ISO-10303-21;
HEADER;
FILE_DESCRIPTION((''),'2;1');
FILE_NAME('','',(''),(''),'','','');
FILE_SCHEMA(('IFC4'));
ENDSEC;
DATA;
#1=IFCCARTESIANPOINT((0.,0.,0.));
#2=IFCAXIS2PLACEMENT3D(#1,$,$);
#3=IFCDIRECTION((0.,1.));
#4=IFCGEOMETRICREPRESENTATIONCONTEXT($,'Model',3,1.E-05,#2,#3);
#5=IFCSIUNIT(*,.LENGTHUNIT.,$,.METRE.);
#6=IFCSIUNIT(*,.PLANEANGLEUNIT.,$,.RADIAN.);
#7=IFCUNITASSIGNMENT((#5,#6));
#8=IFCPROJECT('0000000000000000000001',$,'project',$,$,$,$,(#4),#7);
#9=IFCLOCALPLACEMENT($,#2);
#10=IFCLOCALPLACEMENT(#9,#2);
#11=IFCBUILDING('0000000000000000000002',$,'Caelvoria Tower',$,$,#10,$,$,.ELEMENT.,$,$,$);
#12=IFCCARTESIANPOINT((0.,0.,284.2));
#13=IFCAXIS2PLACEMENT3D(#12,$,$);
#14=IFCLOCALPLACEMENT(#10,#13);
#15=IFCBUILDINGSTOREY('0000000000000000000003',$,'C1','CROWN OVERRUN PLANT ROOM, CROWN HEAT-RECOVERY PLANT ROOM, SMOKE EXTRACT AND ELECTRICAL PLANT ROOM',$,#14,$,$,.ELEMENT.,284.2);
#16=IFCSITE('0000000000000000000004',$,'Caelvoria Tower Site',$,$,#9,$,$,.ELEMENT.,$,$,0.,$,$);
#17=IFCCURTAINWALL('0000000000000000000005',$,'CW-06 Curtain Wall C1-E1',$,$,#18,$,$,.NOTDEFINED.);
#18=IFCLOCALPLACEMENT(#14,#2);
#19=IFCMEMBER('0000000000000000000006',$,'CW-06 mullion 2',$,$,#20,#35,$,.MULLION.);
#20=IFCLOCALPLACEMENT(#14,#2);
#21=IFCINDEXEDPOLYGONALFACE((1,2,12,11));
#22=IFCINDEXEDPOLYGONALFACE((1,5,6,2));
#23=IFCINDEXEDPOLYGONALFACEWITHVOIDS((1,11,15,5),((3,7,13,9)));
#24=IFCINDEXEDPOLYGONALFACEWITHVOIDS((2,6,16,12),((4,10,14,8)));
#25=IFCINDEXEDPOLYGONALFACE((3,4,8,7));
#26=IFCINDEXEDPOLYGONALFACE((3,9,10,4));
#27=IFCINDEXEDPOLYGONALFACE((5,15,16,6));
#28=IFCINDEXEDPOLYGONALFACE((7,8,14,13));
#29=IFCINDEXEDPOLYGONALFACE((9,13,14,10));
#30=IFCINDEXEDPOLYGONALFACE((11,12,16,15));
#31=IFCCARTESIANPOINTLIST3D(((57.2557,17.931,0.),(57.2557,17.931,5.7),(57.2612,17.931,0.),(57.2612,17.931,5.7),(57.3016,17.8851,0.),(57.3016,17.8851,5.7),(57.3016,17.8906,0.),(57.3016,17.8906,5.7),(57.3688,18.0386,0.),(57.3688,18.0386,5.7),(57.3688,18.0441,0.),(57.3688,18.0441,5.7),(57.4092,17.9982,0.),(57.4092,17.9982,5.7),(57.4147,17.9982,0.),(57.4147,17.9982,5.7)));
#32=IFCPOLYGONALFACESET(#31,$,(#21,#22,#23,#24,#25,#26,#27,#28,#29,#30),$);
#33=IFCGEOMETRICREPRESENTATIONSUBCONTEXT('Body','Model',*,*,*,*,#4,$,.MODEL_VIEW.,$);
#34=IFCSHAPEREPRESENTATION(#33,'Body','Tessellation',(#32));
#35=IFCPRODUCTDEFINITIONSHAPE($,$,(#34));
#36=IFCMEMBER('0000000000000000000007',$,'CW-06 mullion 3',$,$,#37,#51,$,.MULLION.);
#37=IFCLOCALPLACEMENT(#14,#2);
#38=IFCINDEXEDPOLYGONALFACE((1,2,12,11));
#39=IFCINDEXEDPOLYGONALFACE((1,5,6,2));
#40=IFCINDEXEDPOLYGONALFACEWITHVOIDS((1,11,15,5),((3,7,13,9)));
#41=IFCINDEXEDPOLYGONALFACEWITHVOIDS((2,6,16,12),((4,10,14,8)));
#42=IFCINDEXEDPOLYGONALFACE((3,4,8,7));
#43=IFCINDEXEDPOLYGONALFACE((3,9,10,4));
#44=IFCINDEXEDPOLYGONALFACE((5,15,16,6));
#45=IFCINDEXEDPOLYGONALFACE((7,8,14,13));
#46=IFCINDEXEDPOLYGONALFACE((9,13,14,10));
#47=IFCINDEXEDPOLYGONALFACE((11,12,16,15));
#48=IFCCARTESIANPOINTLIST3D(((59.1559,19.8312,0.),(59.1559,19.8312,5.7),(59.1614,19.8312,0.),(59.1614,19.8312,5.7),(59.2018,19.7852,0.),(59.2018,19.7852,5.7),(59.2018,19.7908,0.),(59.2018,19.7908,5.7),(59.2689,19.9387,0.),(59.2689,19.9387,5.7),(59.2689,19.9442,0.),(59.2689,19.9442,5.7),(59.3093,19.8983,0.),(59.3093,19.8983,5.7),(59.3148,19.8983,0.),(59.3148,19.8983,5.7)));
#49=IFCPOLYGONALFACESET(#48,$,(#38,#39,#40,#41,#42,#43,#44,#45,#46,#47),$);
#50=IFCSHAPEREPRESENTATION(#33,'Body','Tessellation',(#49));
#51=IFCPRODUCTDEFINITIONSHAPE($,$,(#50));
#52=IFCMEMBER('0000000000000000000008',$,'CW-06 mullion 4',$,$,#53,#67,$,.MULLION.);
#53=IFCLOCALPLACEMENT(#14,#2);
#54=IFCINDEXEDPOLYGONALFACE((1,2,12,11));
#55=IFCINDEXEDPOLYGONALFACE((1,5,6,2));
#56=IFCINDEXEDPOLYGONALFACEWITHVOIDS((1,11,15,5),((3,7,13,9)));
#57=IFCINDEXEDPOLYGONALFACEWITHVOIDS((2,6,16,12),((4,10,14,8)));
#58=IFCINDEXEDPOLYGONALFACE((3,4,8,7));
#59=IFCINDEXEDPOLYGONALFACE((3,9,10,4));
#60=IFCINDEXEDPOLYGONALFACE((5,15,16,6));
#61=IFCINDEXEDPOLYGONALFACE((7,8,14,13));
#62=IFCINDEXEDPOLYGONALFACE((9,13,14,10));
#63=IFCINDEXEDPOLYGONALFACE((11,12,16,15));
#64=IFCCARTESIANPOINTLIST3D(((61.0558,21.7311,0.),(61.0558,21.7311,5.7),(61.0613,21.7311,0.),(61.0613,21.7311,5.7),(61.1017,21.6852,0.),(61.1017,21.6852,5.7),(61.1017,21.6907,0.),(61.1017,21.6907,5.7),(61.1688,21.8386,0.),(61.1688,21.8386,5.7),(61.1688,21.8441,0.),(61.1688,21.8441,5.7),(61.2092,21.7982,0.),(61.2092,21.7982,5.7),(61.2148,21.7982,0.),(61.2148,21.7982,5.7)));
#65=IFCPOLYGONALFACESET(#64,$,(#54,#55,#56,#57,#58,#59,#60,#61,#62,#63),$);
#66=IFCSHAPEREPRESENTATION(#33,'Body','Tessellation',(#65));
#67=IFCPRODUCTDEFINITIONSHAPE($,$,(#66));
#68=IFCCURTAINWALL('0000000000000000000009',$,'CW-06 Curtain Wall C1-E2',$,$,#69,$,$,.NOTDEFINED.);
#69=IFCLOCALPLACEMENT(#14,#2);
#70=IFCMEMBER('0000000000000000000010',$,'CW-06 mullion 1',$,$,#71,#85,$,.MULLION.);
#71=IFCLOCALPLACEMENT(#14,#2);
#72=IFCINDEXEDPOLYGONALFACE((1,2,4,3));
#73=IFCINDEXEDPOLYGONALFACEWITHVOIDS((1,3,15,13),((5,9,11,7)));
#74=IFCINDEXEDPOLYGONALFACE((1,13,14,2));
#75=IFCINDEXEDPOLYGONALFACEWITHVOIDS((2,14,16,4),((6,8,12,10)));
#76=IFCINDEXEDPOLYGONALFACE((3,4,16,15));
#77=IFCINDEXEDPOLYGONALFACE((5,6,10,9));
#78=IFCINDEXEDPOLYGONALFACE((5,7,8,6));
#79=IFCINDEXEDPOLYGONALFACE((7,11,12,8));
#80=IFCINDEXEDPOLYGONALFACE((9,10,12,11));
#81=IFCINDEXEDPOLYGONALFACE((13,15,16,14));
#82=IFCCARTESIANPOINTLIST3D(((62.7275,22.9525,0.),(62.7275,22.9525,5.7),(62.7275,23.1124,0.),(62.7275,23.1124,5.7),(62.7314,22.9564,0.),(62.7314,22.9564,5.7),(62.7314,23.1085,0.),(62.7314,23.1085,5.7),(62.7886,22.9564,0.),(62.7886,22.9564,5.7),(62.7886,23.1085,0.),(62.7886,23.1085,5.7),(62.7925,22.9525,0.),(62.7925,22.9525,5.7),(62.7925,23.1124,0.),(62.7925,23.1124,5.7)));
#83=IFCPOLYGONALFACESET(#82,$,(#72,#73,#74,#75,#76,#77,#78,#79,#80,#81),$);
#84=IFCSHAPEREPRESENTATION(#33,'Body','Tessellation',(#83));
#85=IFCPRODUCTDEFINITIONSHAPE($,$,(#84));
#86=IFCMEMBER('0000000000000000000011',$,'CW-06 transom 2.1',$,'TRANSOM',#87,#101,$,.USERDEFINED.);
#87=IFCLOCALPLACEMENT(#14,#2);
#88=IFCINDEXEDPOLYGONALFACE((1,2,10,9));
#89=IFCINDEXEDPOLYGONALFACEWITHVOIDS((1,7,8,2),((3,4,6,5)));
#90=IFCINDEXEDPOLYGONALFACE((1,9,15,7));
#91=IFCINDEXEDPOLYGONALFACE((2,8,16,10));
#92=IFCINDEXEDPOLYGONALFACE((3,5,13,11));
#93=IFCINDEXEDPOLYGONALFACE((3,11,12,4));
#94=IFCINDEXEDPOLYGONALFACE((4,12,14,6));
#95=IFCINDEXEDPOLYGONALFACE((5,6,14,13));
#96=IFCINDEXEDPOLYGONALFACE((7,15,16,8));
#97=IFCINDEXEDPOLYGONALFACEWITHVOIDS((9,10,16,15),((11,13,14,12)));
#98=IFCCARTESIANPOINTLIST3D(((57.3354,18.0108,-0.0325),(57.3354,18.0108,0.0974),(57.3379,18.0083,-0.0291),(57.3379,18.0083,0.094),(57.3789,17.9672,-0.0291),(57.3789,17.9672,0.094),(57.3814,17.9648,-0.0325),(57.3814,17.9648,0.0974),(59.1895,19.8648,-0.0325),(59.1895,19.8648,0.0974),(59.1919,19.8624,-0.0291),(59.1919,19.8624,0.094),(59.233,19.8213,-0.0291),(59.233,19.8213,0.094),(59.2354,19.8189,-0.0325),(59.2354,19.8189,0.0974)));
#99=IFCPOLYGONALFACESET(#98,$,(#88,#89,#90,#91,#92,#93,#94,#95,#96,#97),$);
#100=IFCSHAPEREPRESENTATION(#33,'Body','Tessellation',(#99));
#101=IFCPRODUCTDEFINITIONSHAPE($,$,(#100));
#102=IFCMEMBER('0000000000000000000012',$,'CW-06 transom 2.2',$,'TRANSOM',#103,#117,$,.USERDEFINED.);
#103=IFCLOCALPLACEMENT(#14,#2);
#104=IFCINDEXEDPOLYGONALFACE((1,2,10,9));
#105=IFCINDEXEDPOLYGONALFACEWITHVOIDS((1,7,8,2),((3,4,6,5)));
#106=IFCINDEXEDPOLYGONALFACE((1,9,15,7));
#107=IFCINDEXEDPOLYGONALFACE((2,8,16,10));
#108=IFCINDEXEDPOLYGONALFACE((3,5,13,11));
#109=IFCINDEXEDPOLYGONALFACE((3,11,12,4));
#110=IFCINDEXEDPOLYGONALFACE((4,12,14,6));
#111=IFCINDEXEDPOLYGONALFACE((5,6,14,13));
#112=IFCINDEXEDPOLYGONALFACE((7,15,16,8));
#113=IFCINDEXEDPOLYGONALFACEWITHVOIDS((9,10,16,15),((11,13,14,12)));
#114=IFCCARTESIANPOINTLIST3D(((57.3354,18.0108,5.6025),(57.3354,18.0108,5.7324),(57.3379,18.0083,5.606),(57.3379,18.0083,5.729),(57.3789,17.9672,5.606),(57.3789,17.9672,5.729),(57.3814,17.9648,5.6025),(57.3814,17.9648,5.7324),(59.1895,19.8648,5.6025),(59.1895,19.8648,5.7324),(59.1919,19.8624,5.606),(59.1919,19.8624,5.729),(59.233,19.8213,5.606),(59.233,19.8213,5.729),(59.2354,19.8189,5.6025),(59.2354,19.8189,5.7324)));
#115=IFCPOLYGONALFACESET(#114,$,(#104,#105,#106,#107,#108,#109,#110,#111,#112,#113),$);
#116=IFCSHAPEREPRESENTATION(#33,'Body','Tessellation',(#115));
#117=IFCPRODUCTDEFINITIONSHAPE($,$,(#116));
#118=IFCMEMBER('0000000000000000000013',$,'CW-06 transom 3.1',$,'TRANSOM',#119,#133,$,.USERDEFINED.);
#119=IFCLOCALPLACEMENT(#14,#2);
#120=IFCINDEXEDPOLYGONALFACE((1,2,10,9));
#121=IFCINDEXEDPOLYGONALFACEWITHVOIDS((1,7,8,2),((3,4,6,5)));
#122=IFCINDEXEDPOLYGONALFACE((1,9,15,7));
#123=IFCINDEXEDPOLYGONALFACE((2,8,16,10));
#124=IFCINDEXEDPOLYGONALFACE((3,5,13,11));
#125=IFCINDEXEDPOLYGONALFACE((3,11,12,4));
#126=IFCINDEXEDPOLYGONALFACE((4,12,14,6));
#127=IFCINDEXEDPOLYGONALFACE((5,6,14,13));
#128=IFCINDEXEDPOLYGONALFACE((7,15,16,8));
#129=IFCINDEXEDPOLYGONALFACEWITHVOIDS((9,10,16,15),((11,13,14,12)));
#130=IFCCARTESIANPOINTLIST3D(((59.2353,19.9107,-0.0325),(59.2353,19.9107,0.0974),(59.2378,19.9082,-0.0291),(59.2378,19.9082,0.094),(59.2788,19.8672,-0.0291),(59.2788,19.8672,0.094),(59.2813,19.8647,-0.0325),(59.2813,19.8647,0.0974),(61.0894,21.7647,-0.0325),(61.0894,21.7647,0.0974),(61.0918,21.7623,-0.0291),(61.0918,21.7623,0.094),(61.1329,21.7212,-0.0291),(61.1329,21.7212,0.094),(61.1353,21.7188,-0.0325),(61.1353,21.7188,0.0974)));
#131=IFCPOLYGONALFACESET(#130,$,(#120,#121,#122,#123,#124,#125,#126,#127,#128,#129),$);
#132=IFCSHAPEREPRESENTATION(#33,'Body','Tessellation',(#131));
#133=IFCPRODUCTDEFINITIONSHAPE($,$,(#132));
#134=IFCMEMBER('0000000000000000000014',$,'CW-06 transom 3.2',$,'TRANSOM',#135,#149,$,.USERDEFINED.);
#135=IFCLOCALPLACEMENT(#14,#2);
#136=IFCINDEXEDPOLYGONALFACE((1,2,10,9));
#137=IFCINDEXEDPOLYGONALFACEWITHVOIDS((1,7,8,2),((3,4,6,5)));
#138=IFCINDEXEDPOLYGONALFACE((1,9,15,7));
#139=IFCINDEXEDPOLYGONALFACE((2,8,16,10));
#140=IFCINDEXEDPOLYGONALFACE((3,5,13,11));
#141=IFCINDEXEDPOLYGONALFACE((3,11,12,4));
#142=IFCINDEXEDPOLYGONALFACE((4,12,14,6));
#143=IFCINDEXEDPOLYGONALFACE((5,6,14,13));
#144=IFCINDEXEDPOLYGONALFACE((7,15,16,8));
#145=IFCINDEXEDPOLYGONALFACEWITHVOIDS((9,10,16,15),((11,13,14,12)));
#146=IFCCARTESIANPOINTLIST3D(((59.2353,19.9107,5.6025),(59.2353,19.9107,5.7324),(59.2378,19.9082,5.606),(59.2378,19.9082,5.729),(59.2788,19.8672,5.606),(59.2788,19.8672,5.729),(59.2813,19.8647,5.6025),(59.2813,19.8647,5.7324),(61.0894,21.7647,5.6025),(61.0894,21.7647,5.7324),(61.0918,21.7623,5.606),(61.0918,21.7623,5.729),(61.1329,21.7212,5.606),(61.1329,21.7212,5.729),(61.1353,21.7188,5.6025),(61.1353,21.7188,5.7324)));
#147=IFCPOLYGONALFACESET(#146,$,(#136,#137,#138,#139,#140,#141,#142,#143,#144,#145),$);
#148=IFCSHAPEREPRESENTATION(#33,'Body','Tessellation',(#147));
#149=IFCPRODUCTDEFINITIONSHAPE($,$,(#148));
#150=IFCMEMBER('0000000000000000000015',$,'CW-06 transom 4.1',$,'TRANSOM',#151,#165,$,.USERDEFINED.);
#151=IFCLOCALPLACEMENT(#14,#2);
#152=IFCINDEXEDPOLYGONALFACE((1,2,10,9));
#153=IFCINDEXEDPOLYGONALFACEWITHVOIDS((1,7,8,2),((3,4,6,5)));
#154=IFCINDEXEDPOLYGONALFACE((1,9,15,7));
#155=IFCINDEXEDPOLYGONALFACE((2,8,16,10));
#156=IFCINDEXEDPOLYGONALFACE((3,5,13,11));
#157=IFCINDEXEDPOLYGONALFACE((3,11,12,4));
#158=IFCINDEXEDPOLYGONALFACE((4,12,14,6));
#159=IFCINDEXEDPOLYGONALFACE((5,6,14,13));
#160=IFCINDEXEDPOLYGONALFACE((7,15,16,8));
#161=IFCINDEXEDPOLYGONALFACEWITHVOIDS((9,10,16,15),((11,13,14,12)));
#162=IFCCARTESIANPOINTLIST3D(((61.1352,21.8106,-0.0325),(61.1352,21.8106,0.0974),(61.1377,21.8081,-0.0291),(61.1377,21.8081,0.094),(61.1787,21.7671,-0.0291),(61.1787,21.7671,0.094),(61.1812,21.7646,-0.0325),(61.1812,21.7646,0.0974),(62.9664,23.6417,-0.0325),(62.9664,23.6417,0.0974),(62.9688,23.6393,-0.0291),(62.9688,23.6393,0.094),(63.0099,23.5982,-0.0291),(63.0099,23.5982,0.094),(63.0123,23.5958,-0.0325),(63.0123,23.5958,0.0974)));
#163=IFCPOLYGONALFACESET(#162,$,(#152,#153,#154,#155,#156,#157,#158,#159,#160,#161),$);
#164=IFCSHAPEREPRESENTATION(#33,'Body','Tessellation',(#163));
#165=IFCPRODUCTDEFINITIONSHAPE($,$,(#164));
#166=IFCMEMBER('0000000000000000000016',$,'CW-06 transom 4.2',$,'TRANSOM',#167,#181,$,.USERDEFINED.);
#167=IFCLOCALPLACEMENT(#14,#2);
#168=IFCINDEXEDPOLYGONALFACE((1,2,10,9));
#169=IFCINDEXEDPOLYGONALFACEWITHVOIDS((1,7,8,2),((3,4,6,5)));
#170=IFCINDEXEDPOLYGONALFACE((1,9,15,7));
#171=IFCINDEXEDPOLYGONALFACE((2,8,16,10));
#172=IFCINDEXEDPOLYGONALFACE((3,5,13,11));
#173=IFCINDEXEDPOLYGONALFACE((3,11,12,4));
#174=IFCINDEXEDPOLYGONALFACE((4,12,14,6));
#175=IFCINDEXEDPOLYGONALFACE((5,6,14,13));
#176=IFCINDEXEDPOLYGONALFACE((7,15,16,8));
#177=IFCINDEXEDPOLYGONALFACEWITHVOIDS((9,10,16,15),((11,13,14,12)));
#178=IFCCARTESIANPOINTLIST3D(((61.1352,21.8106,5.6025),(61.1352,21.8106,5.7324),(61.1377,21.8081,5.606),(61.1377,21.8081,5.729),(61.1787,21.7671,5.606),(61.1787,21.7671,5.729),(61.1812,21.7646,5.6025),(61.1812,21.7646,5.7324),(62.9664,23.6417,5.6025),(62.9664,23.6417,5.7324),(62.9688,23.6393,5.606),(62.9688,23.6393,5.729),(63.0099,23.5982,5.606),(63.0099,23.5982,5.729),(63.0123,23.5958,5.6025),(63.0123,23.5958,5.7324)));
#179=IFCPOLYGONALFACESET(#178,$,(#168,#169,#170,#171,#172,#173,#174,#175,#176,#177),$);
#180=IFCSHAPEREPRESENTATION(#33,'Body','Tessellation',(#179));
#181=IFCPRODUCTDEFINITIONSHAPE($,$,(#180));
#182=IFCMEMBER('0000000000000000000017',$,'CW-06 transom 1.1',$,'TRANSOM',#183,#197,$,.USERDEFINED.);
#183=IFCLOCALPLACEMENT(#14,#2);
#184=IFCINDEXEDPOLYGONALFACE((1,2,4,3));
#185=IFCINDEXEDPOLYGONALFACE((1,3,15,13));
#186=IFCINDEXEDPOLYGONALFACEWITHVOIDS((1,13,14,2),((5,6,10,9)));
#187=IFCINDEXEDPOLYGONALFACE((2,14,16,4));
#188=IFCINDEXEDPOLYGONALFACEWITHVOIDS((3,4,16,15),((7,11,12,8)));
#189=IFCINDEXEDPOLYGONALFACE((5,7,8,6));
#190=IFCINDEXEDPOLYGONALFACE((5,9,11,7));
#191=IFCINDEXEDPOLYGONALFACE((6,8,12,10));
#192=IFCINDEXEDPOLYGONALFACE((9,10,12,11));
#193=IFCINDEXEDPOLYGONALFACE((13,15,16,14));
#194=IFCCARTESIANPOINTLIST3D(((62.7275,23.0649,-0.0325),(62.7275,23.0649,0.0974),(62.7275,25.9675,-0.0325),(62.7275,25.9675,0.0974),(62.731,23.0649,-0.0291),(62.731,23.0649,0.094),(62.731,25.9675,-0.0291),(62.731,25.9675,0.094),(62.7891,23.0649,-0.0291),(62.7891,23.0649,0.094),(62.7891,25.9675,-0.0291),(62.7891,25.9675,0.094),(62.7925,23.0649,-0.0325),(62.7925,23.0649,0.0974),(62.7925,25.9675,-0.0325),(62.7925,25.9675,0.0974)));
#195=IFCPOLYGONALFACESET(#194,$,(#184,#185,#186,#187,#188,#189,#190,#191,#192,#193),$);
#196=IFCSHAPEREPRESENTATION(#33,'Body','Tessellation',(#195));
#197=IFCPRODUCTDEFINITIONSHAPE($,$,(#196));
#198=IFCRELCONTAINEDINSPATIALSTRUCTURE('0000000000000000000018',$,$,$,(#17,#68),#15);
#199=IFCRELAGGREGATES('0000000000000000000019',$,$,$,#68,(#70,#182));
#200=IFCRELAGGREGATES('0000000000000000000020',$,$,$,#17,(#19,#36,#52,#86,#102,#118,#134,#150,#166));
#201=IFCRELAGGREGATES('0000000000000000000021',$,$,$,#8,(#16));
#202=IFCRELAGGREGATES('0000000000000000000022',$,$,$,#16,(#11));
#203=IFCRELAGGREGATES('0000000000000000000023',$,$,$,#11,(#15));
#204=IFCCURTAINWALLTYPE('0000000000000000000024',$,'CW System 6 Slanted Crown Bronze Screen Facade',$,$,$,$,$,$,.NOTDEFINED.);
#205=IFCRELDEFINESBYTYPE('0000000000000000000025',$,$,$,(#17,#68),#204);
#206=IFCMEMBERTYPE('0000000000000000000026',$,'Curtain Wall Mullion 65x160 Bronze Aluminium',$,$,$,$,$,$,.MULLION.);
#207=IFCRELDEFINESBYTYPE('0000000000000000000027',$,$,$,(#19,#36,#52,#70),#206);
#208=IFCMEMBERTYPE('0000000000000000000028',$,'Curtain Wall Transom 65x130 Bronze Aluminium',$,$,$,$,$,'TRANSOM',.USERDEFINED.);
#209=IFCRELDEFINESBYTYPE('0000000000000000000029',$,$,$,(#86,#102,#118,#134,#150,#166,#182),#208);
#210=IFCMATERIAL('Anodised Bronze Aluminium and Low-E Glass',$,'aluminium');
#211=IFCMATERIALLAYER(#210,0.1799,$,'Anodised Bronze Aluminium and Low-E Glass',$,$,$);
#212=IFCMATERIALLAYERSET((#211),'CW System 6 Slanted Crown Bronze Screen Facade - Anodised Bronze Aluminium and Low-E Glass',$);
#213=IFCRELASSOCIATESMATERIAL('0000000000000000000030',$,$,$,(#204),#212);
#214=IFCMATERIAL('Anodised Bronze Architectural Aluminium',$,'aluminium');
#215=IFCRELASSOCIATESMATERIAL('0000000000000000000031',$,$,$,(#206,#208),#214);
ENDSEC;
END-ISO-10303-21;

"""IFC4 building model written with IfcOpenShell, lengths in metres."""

from ifc_helpers import new_model, si_unit, direction, frame, origin, origin_2d, place, context, subcontext, project, spatial, hollow_rectangle, extrude, material, layer, layer_set, material_profile, profile_set, type_object, element, aggregate, save


model = new_model("IFC4")

# Units and contexts
model_context = context("Model", 3, precision=1e-05, world=origin(), true_north=direction((0.0, 1.0)))
body_context = subcontext(model_context, "Body", "Model", "MODEL_VIEW")
ifc_project = project(units=[si_unit("LENGTHUNIT", "METRE"), si_unit("PLANEANGLEUNIT", "RADIAN")], contexts=[model_context])

# Site, building, storey
site_placement = place(None, origin())
site = spatial("IfcSite", under=ifc_project, at=site_placement, Name="Caelvoria Tower Site", CompositionType="ELEMENT", RefElevation=0.0)
building_placement = place(site_placement, origin())
building = spatial("IfcBuilding", under=site, at=building_placement, Name="Caelvoria Tower", CompositionType="ELEMENT")
storey_placement = place(building_placement, frame((0.0, 0.0, 284.2)))
storey = spatial("IfcBuildingStorey", under=building, at=storey_placement, Name="C1", Description="CROWN OVERRUN PLANT ROOM, CROWN HEAT-RECOVERY PLANT ROOM, SMOKE EXTRACT AND ELECTRICAL PLANT ROOM", CompositionType="ELEMENT", Elevation=284.2)

# Curtain wall, members
ifc_material_1 = material(Name="Anodised Bronze Aluminium and Low-E Glass", Category="aluminium")
ifc_layer_1 = layer(ifc_material_1, 0.1799, Name="Anodised Bronze Aluminium and Low-E Glass")
ifc_layer_set_1 = layer_set([ifc_layer_1], Name="CW System 6 Slanted Crown Bronze Screen Facade - Anodised Bronze Aluminium and Low-E Glass")
curtain_wall_type = type_object("IfcCurtainWallType", Name="CW System 6 Slanted Crown Bronze Screen Facade", PredefinedType="NOTDEFINED", material=ifc_layer_set_1)
curtain_wall_1_placement = place(storey_placement, origin())
curtain_wall_1 = element("IfcCurtainWall", 1, at=curtain_wall_1_placement, inside=storey, type_object=curtain_wall_type, Name="CW-06 Curtain Wall C1-E1", PredefinedType="NOTDEFINED")
ifc_material_2 = material(Name="Anodised Bronze Architectural Aluminium", Category="aluminium")
ifc_material_profile_1 = material_profile(ifc_material_2, hollow_rectangle(XDim=0.0649, YDim=0.1599, WallThickness=0.0039, at=origin_2d()), Name="Anodised Bronze Architectural Aluminium")
ifc_profile_set_1 = profile_set([ifc_material_profile_1], Name="CW_MULL_65X160 - Anodised Bronze Architectural Aluminium")
member_type_1 = type_object("IfcMemberType", Name="Curtain Wall Mullion 65x160 Bronze Aluminium", PredefinedType="MULLION", material=ifc_profile_set_1)
member_1_placement = place(storey_placement, frame((57.3352, 17.9646, 0.0), z_axis=(0.0, 0.0, 1.0), x_axis=(-0.707107, 0.707107, 0.0)))
member_1 = element("IfcMember", 2, at=member_1_placement, type_object=member_type_1, Name="CW-06 mullion 2", PredefinedType="MULLION", context=body_context, shape_type="SweptSolid", body=[
    extrude(hollow_rectangle(XDim=0.0649, YDim=0.1599, WallThickness=0.0039, at=origin_2d()), origin(), (0.0, 0.0, 1.0), 5.7),
])
member_2_placement = place(storey_placement, frame((59.2354, 19.8647, 0.0), z_axis=(0.0, 0.0, 1.0), x_axis=(-0.707107, 0.707107, 0.0)))
member_2 = element("IfcMember", 3, at=member_2_placement, type_object=member_type_1, Name="CW-06 mullion 3", PredefinedType="MULLION", context=body_context, shape_type="SweptSolid", body=[
    extrude(hollow_rectangle(XDim=0.0649, YDim=0.1599, WallThickness=0.0039, at=origin_2d()), origin(), (0.0, 0.0, 1.0), 5.7),
])
member_3_placement = place(storey_placement, frame((61.1353, 21.7646, 0.0), z_axis=(0.0, 0.0, 1.0), x_axis=(-0.707107, 0.707107, 0.0)))
member_3 = element("IfcMember", 4, at=member_3_placement, type_object=member_type_1, Name="CW-06 mullion 4", PredefinedType="MULLION", context=body_context, shape_type="SweptSolid", body=[
    extrude(hollow_rectangle(XDim=0.0649, YDim=0.1599, WallThickness=0.0039, at=origin_2d()), origin(), (0.0, 0.0, 1.0), 5.7),
])

# Curtain wall, member
curtain_wall_2_placement = place(storey_placement, origin())
curtain_wall_2 = element("IfcCurtainWall", 5, at=curtain_wall_2_placement, inside=storey, type_object=curtain_wall_type, Name="CW-06 Curtain Wall C1-E2", PredefinedType="NOTDEFINED")
member_4_placement = place(storey_placement, frame((62.76, 23.0325, 0.0), z_axis=(0.0, 0.0, 1.0), x_axis=(-1.0, 0.0, 0.0)))
member_4 = element("IfcMember", 6, at=member_4_placement, type_object=member_type_1, Name="CW-06 mullion 1", PredefinedType="MULLION", context=body_context, shape_type="SweptSolid", body=[
    extrude(hollow_rectangle(XDim=0.0649, YDim=0.1599, WallThickness=0.0039, at=origin_2d()), origin(), (0.0, 0.0, 1.0), 5.7),
])

# Members
ifc_material_profile_2 = material_profile(ifc_material_2, hollow_rectangle(XDim=0.0649, YDim=0.1299, WallThickness=0.0034, at=origin_2d()), Name="Anodised Bronze Architectural Aluminium")
ifc_profile_set_2 = profile_set([ifc_material_profile_2], Name="CW_TRAN_65X130 - Anodised Bronze Architectural Aluminium")
member_type_2 = type_object("IfcMemberType", Name="Curtain Wall Transom 65x130 Bronze Aluminium", ElementType="TRANSOM", PredefinedType="USERDEFINED", material=ifc_profile_set_2)
member_5_placement = place(storey_placement, frame((57.3584, 17.9878, 0.0325), z_axis=(0.707107, 0.707107, 0.0), x_axis=(-0.707107, 0.707107, 0.0)))
member_5 = element("IfcMember", 7, at=member_5_placement, type_object=member_type_2, Name="CW-06 transom 2.1", ObjectType="TRANSOM", PredefinedType="USERDEFINED", context=body_context, shape_type="SweptSolid", body=[
    extrude(hollow_rectangle(XDim=0.0649, YDim=0.1299, WallThickness=0.0034, at=origin_2d()), origin(), (0.0, 0.0, 1.0), 2.6221),
])
member_6_placement = place(storey_placement, frame((57.3584, 17.9878, 5.6675), z_axis=(0.707107, 0.707107, 0.0), x_axis=(-0.707107, 0.707107, 0.0)))
member_6 = element("IfcMember", 8, at=member_6_placement, type_object=member_type_2, Name="CW-06 transom 2.2", ObjectType="TRANSOM", PredefinedType="USERDEFINED", context=body_context, shape_type="SweptSolid", body=[
    extrude(hollow_rectangle(XDim=0.0649, YDim=0.1299, WallThickness=0.0034, at=origin_2d()), origin(), (0.0, 0.0, 1.0), 2.6221),
])
member_7_placement = place(storey_placement, frame((59.2583, 19.8877, 0.0325), z_axis=(0.707107, 0.707107, 0.0), x_axis=(-0.707107, 0.707107, 0.0)))
member_7 = element("IfcMember", 9, at=member_7_placement, type_object=member_type_2, Name="CW-06 transom 3.1", ObjectType="TRANSOM", PredefinedType="USERDEFINED", context=body_context, shape_type="SweptSolid", body=[
    extrude(hollow_rectangle(XDim=0.0649, YDim=0.1299, WallThickness=0.0034, at=origin_2d()), origin(), (0.0, 0.0, 1.0), 2.6221),
])
member_8_placement = place(storey_placement, frame((59.2583, 19.8877, 5.6675), z_axis=(0.707107, 0.707107, 0.0), x_axis=(-0.707107, 0.707107, 0.0)))
member_8 = element("IfcMember", 10, at=member_8_placement, type_object=member_type_2, Name="CW-06 transom 3.2", ObjectType="TRANSOM", PredefinedType="USERDEFINED", context=body_context, shape_type="SweptSolid", body=[
    extrude(hollow_rectangle(XDim=0.0649, YDim=0.1299, WallThickness=0.0034, at=origin_2d()), origin(), (0.0, 0.0, 1.0), 2.6221),
])
member_9_placement = place(storey_placement, frame((61.1582, 21.7876, 0.0325), z_axis=(0.707107, 0.707107, 0.0), x_axis=(-0.707107, 0.707107, 0.0)))
member_9 = element("IfcMember", 11, at=member_9_placement, type_object=member_type_2, Name="CW-06 transom 4.1", ObjectType="TRANSOM", PredefinedType="USERDEFINED", context=body_context, shape_type="SweptSolid", body=[
    extrude(hollow_rectangle(XDim=0.0649, YDim=0.1299, WallThickness=0.0034, at=origin_2d()), origin(), (0.0, 0.0, 1.0), 2.5896),
])
member_10_placement = place(storey_placement, frame((61.1582, 21.7876, 5.6675), z_axis=(0.707107, 0.707107, 0.0), x_axis=(-0.707107, 0.707107, 0.0)))
member_10 = element("IfcMember", 12, at=member_10_placement, type_object=member_type_2, Name="CW-06 transom 4.2", ObjectType="TRANSOM", PredefinedType="USERDEFINED", context=body_context, shape_type="SweptSolid", body=[
    extrude(hollow_rectangle(XDim=0.0649, YDim=0.1299, WallThickness=0.0034, at=origin_2d()), origin(), (0.0, 0.0, 1.0), 2.5896),
])
member_11_placement = place(storey_placement, frame((62.76, 23.0649, 0.0325), z_axis=(0.0, 1.0, 0.0), x_axis=(-1.0, 0.0, 0.0)))
member_11 = element("IfcMember", 13, at=member_11_placement, type_object=member_type_2, Name="CW-06 transom 1.1", ObjectType="TRANSOM", PredefinedType="USERDEFINED", context=body_context, shape_type="SweptSolid", body=[
    extrude(hollow_rectangle(XDim=0.0649, YDim=0.1299, WallThickness=0.0034, at=origin_2d()), origin(), (0.0, 0.0, 1.0), 2.9026),
])
aggregate(curtain_wall_2, [member_4, member_11])

aggregate(curtain_wall_1, [member_1, member_2, member_3, member_5, member_6, member_7, member_8, member_9, member_10])

save(model, "model.ifc")
